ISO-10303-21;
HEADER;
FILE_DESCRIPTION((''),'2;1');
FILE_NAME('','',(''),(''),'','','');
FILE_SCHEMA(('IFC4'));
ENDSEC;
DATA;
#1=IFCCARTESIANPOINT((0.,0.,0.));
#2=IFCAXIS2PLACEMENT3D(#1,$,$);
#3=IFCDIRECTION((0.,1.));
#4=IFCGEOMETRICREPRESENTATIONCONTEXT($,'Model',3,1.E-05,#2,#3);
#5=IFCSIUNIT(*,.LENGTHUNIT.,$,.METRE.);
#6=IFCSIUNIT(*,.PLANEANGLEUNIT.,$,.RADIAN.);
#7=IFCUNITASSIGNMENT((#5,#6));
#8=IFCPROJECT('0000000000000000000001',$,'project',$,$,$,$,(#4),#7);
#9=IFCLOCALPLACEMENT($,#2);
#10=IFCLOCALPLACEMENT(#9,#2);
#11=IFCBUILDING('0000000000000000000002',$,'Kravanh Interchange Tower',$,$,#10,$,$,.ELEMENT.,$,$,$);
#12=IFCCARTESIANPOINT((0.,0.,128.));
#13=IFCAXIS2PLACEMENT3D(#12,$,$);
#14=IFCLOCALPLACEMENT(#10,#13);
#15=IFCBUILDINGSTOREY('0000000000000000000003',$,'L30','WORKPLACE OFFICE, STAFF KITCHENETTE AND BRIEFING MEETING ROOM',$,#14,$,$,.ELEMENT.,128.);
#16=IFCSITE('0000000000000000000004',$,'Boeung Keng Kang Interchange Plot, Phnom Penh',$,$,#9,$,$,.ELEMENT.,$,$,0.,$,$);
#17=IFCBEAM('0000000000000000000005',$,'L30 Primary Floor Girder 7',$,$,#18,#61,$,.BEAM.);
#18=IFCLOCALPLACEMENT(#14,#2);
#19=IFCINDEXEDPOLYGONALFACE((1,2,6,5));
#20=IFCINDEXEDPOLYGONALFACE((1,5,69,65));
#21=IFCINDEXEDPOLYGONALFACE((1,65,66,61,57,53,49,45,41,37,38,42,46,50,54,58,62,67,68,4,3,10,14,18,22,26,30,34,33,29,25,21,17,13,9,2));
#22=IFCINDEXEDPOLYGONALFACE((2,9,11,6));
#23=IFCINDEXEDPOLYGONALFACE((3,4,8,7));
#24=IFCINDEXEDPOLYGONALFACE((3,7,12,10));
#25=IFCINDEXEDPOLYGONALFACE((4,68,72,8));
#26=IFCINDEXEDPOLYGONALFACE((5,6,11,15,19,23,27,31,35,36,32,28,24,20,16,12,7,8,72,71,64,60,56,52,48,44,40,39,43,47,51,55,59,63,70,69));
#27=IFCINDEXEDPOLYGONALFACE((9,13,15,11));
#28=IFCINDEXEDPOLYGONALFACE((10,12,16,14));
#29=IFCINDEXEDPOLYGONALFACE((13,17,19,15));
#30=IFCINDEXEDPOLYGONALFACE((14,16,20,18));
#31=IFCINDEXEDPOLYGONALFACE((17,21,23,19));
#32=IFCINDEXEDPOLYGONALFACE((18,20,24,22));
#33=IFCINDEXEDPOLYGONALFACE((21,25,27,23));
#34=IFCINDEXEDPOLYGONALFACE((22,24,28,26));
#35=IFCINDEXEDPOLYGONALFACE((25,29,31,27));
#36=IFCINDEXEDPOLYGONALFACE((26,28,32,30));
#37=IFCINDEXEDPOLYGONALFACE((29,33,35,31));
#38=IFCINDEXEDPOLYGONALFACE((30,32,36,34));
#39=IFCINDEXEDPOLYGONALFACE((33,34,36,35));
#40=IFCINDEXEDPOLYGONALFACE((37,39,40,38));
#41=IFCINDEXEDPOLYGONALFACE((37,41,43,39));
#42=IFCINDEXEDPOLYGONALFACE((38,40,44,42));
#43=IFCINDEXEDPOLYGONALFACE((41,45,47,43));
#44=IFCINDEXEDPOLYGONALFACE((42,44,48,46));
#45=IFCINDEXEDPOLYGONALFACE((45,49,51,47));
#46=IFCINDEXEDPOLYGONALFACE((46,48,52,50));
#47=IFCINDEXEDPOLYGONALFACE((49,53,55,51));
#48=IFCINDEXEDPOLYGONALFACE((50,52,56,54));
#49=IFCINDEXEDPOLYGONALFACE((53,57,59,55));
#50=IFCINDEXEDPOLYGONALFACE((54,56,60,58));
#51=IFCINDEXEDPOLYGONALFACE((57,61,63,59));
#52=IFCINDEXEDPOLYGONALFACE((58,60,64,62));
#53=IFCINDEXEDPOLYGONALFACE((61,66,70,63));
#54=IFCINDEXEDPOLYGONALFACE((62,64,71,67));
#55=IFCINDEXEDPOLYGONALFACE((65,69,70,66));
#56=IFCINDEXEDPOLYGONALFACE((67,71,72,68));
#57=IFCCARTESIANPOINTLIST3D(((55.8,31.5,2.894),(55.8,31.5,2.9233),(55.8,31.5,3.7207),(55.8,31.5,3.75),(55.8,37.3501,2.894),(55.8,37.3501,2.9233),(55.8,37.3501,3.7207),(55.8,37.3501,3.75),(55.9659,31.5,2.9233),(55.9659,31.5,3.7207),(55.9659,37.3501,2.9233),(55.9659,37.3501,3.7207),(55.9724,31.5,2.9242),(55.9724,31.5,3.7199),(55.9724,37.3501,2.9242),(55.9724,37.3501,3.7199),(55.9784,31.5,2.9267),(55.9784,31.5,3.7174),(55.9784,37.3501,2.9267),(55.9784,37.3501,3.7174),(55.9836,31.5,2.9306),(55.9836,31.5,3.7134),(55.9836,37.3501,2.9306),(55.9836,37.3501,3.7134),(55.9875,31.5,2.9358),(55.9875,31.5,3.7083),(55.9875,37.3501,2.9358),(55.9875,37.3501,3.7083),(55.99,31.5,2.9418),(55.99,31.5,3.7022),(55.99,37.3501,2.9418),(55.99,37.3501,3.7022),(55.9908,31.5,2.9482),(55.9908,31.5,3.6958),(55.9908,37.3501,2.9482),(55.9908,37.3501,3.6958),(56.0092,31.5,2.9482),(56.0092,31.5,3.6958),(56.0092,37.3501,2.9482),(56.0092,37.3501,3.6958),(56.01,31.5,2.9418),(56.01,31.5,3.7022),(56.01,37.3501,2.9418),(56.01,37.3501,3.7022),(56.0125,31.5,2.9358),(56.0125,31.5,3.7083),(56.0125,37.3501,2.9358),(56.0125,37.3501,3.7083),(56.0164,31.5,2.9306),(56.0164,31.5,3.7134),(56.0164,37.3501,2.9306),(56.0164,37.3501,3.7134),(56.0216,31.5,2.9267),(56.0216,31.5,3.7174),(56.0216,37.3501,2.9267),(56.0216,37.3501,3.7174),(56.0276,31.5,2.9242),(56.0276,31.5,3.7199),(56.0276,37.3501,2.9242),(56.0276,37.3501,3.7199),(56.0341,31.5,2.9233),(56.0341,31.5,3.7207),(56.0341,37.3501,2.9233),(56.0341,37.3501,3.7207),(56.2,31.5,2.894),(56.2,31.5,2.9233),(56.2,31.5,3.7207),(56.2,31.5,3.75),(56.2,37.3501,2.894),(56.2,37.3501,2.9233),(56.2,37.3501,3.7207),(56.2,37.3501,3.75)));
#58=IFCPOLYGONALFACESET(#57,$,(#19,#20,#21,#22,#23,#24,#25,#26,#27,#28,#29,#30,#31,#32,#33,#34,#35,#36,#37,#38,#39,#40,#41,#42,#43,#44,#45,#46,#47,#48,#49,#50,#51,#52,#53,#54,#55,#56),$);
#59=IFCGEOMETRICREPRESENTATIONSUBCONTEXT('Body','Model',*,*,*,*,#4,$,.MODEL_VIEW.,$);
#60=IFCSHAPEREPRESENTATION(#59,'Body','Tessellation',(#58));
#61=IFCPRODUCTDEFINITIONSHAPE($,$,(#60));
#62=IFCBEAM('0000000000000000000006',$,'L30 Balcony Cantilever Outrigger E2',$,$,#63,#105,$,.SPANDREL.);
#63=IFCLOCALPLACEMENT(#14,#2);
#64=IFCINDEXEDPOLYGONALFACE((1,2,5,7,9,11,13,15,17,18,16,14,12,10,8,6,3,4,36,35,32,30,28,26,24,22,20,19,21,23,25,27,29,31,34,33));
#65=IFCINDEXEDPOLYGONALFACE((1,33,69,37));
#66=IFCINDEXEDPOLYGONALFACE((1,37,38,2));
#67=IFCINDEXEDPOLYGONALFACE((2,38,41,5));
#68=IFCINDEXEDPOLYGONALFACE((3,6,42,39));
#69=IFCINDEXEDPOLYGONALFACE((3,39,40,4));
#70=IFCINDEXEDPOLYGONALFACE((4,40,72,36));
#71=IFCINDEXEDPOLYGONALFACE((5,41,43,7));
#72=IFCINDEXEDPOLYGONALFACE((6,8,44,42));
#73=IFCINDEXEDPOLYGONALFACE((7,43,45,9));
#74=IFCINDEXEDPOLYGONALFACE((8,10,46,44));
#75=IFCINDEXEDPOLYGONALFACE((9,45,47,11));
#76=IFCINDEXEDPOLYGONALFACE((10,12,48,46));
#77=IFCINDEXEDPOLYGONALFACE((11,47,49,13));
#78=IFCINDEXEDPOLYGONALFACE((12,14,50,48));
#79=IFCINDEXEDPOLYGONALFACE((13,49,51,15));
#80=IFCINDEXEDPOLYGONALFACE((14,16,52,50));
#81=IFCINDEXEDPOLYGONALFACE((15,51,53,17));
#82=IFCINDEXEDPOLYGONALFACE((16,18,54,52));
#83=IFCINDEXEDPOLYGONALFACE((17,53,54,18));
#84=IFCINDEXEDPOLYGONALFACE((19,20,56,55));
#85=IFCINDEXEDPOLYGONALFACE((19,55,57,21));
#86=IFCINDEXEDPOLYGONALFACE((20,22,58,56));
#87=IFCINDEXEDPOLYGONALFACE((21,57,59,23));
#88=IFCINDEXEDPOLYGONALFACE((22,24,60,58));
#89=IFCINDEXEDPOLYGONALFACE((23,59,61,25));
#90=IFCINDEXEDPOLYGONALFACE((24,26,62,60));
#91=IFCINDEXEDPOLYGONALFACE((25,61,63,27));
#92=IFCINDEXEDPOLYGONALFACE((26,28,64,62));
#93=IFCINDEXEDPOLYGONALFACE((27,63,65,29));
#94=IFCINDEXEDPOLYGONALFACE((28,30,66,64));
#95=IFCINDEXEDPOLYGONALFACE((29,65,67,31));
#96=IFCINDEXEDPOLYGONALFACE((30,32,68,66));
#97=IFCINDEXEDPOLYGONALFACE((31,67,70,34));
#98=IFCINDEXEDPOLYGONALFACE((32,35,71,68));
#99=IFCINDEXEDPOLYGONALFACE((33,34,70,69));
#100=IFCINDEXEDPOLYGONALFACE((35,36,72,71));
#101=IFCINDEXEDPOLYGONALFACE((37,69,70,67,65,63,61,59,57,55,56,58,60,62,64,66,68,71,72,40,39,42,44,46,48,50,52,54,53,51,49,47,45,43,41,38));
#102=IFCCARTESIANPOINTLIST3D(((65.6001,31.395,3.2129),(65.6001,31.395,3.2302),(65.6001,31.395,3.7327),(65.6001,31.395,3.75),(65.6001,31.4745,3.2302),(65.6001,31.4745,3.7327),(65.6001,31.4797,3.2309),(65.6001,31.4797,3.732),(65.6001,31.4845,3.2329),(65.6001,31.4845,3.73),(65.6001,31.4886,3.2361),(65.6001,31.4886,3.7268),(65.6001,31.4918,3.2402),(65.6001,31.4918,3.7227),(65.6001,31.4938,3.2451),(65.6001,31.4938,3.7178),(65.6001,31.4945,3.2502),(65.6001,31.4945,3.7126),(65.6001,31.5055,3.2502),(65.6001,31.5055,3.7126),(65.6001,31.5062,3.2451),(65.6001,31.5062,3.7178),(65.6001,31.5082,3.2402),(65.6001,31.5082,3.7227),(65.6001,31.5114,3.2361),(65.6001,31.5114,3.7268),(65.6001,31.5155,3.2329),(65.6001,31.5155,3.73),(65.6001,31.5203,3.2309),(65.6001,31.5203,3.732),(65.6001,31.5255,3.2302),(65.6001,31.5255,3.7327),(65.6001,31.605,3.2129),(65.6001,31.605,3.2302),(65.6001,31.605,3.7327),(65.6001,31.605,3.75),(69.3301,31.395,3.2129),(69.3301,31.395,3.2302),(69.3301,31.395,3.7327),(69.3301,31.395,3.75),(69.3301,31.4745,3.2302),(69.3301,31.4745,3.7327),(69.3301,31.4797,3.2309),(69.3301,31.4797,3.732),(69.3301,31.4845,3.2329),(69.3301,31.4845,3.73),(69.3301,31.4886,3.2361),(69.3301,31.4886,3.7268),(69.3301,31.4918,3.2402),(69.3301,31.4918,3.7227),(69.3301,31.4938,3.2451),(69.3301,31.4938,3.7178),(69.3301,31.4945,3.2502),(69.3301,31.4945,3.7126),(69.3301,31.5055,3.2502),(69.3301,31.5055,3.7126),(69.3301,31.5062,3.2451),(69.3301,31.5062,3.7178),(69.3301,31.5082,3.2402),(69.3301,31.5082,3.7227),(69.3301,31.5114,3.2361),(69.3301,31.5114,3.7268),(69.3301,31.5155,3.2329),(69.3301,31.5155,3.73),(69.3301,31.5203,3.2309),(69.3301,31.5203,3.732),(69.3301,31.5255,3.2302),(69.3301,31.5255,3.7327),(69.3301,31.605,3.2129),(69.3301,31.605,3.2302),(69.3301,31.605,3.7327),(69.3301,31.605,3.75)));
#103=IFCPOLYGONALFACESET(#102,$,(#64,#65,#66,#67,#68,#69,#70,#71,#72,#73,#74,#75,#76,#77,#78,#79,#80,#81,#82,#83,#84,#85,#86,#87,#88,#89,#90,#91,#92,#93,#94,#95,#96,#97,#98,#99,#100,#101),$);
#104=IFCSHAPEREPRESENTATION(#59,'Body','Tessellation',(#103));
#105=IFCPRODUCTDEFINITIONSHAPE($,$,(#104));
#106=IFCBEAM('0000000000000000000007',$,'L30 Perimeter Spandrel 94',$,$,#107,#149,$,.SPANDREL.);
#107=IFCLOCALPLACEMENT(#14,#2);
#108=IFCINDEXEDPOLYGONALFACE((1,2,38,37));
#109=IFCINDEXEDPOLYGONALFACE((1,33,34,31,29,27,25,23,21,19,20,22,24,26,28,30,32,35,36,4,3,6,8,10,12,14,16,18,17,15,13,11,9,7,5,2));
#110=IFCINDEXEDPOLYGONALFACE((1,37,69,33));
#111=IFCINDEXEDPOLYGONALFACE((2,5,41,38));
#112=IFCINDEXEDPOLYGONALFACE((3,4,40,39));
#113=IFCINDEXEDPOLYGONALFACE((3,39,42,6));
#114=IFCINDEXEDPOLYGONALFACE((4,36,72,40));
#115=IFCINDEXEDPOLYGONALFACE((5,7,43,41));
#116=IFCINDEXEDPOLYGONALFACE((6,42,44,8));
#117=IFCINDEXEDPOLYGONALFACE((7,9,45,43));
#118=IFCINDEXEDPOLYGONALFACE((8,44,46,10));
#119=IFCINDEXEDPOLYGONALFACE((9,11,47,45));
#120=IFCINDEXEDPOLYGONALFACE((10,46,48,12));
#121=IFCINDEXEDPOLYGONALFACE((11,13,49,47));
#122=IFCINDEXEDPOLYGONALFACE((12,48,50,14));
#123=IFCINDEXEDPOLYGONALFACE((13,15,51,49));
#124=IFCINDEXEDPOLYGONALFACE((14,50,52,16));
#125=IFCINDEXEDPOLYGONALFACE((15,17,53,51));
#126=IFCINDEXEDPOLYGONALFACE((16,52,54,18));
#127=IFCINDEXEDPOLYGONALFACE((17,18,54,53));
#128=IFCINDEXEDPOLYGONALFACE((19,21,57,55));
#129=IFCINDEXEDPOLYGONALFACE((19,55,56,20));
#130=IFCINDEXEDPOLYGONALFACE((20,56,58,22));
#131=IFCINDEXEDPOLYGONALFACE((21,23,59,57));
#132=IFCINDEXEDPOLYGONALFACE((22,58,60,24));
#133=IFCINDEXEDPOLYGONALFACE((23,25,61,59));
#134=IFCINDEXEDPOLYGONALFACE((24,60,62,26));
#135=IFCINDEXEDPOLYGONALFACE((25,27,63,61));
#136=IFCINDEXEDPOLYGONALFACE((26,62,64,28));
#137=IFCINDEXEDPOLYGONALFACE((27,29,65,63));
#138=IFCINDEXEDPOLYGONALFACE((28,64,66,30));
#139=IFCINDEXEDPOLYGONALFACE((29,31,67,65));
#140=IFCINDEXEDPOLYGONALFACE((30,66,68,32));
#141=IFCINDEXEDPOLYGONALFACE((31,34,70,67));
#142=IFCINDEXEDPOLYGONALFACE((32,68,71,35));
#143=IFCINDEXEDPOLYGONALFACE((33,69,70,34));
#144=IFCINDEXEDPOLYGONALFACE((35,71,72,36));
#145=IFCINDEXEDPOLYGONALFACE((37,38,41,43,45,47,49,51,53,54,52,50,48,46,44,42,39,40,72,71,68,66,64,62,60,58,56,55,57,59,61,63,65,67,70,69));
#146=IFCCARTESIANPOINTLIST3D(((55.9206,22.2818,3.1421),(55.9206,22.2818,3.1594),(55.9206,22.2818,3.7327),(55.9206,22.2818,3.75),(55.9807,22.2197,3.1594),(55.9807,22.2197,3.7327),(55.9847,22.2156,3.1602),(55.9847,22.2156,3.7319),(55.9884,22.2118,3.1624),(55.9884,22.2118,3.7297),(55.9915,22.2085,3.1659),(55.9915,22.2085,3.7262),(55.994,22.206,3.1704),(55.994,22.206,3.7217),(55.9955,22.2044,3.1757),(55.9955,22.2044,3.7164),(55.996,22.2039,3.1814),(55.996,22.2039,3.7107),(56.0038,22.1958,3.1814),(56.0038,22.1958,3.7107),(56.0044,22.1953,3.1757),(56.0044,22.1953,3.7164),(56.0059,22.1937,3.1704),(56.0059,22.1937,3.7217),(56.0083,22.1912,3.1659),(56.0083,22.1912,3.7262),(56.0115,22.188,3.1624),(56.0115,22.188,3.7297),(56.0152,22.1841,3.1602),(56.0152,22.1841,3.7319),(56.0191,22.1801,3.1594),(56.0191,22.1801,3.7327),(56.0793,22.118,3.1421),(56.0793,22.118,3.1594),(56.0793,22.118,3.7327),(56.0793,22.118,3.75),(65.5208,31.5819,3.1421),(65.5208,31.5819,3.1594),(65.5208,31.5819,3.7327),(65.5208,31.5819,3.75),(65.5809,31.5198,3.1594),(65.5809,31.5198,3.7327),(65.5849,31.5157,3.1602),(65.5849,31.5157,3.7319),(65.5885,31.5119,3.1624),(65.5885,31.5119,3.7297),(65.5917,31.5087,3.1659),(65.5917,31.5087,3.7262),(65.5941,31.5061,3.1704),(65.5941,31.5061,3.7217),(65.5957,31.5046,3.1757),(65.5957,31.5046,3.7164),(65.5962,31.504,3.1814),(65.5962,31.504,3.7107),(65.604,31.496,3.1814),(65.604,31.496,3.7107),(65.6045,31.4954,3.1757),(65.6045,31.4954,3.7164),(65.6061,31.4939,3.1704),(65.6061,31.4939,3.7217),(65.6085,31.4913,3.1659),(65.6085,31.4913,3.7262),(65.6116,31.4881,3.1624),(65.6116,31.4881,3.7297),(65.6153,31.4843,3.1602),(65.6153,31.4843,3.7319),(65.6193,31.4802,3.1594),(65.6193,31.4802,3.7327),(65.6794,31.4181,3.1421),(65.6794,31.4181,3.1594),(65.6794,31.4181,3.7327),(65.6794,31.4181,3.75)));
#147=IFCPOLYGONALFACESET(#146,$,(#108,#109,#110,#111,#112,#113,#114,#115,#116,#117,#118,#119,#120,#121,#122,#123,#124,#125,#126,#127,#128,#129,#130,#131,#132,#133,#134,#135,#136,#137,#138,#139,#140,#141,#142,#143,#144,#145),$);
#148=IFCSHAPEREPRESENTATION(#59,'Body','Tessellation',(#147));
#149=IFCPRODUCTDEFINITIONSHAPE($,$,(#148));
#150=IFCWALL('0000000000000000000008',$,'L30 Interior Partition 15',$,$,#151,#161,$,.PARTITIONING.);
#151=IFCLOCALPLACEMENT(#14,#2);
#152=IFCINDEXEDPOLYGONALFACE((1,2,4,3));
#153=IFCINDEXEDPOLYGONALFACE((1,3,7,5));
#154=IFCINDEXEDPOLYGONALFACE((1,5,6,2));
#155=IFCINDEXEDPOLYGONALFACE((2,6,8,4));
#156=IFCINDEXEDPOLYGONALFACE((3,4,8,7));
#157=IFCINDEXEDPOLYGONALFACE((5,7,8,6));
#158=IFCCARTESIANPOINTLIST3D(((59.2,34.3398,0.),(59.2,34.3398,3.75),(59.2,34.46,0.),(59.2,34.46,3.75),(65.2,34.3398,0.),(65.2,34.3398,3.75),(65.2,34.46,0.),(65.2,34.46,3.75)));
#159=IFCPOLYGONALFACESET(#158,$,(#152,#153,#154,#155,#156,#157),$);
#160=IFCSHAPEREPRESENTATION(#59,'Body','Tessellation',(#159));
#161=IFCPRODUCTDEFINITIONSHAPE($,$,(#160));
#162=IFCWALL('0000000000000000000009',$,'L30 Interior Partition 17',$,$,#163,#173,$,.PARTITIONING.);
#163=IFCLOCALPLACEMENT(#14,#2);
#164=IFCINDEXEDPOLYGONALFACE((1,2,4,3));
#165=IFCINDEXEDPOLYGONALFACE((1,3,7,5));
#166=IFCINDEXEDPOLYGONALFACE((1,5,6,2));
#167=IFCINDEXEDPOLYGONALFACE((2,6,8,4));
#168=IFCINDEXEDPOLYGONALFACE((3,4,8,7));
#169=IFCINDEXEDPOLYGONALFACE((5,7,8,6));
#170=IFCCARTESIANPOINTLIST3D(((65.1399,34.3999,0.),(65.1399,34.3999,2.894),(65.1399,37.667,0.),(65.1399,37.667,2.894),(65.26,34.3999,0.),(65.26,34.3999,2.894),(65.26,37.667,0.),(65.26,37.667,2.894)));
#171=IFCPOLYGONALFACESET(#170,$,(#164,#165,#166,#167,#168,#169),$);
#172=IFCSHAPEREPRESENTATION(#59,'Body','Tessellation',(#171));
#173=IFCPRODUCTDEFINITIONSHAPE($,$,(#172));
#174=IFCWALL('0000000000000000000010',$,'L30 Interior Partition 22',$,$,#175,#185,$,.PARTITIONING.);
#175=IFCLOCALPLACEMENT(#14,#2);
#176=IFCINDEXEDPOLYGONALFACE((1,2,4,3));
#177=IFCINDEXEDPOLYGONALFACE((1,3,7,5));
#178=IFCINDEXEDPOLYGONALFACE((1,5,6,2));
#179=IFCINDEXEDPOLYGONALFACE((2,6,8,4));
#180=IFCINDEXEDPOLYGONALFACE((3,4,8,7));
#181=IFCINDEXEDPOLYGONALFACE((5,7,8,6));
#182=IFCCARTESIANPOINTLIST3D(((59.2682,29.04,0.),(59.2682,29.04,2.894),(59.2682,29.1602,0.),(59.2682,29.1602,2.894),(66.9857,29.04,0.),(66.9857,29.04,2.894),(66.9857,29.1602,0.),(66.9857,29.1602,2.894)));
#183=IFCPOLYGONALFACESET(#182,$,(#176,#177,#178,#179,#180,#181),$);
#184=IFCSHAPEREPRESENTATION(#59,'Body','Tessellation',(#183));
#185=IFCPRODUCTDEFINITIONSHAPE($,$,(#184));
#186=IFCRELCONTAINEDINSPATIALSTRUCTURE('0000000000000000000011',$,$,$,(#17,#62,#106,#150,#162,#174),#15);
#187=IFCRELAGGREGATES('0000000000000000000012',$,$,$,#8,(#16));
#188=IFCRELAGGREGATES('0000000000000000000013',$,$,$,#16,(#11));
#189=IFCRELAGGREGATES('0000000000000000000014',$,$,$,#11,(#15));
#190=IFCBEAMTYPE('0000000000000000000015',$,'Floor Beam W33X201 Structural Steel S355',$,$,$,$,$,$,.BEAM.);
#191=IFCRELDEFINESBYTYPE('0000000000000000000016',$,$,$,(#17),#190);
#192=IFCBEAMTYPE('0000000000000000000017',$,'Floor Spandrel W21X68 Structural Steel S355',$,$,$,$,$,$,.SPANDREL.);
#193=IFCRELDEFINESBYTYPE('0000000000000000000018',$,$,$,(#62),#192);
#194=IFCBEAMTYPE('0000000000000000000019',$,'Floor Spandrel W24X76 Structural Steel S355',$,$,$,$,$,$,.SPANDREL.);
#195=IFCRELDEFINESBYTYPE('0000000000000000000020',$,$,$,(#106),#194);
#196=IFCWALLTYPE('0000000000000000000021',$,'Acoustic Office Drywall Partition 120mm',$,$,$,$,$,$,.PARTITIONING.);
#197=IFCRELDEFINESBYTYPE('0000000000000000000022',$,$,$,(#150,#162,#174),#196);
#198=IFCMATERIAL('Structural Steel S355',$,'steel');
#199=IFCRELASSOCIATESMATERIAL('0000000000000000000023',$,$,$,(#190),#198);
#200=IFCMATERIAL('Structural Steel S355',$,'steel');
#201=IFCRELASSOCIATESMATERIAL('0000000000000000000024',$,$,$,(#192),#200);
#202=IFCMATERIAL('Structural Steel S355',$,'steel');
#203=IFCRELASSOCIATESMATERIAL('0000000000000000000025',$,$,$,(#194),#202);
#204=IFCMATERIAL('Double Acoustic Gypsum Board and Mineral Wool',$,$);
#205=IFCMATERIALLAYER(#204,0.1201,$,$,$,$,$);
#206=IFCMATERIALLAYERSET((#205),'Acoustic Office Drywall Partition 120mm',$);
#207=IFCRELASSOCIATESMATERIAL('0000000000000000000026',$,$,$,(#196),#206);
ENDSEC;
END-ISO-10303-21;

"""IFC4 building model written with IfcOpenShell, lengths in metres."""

from ifc_helpers import new_model, si_unit, direction, frame, frame_2d, origin, origin_2d, place, context, subcontext, project, spatial, rectangle, i_section, extrude, material, layer, layer_set, material_profile, profile_set, type_object, element, save


model = new_model("IFC4")

# Units and contexts
model_context = context("Model", 3, precision=1e-05, world=origin(), true_north=direction((0.0, 1.0)))
body_context = subcontext(model_context, "Body", "Model", "MODEL_VIEW")
ifc_project = project(units=[si_unit("LENGTHUNIT", "METRE"), si_unit("PLANEANGLEUNIT", "RADIAN")], contexts=[model_context])

# Site, building, storey
site_placement = place(None, origin())
site = spatial("IfcSite", under=ifc_project, at=site_placement, Name="Boeung Keng Kang Interchange Plot, Phnom Penh", CompositionType="ELEMENT", RefElevation=0.0)
building_placement = place(site_placement, origin())
building = spatial("IfcBuilding", under=site, at=building_placement, Name="Kravanh Interchange Tower", CompositionType="ELEMENT")
storey_placement = place(building_placement, frame((0.0, 0.0, 128.0)))
storey = spatial("IfcBuildingStorey", under=building, at=storey_placement, Name="L30", Description="WORKPLACE OFFICE, STAFF KITCHENETTE AND BRIEFING MEETING ROOM", CompositionType="ELEMENT", Elevation=128.0)

# Beams
ifc_material_1 = material(Name="Structural Steel S355", Category="steel")
ifc_material_profile_1 = material_profile(ifc_material_1, i_section(OverallWidth=0.3999, OverallDepth=0.856, WebThickness=0.0183, FlangeThickness=0.0293, FilletRadius=0.0249, at=origin_2d()), Name="W33X201")
ifc_profile_set_1 = profile_set([ifc_material_profile_1], Name="Structural Steel S355")
beam_type_1 = type_object("IfcBeamType", Name="Floor Beam W33X201 Structural Steel S355", PredefinedType="BEAM", material=ifc_profile_set_1)
beam_1_placement = place(storey_placement, frame((56.0, 37.3501, 3.322), z_axis=(0.0, -1.0, 0.0), x_axis=(1.0, 0.0, 0.0)))
element("IfcBeam", 1, at=beam_1_placement, inside=storey, type_object=beam_type_1, Name="L30 Primary Floor Girder 7", PredefinedType="BEAM", context=body_context, shape_type="SweptSolid", body=[
    extrude(i_section(OverallWidth=0.3999, OverallDepth=0.856, WebThickness=0.0183, FlangeThickness=0.0293, FilletRadius=0.0249, at=origin_2d()), origin(), (0.0, 0.0, 1.0), 5.8501),
])
ifc_material_2 = material(Name="Structural Steel S355", Category="steel")
ifc_material_profile_2 = material_profile(ifc_material_2, i_section(OverallWidth=0.21, OverallDepth=0.5371, WebThickness=0.011, FlangeThickness=0.0173, FilletRadius=0.02, at=origin_2d()), Name="W21X68")
ifc_profile_set_2 = profile_set([ifc_material_profile_2], Name="Structural Steel S355")
beam_type_2 = type_object("IfcBeamType", Name="Floor Spandrel W21X68 Structural Steel S355", PredefinedType="SPANDREL", material=ifc_profile_set_2)
beam_2_placement = place(storey_placement, frame((65.6001, 31.5, 3.4814), z_axis=(1.0, 0.0, 0.0), x_axis=(0.0, 1.0, 0.0)))
element("IfcBeam", 2, at=beam_2_placement, inside=storey, type_object=beam_type_2, Name="L30 Balcony Cantilever Outrigger E2", PredefinedType="SPANDREL", context=body_context, shape_type="SweptSolid", body=[
    extrude(i_section(OverallWidth=0.21, OverallDepth=0.5371, WebThickness=0.011, FlangeThickness=0.0173, FilletRadius=0.02, at=origin_2d()), origin(), (0.0, 0.0, 1.0), 3.73),
])
ifc_material_3 = material(Name="Structural Steel S355", Category="steel")
ifc_material_profile_3 = material_profile(ifc_material_3, i_section(OverallWidth=0.228, OverallDepth=0.6079, WebThickness=0.0112, FlangeThickness=0.0173, FilletRadius=0.022, at=origin_2d()), Name="W24X76")
ifc_profile_set_3 = profile_set([ifc_material_profile_3], Name="Structural Steel S355")
beam_type_3 = type_object("IfcBeamType", Name="Floor Spandrel W24X76 Structural Steel S355", PredefinedType="SPANDREL", material=ifc_profile_set_3)
beam_3_placement = place(storey_placement, frame((65.6001, 31.5, 3.446), z_axis=(-0.718242, -0.695793, 0.0), x_axis=(0.695793, -0.718242, 0.0)))
element("IfcBeam", 3, at=beam_3_placement, inside=storey, type_object=beam_type_3, Name="L30 Perimeter Spandrel 94", PredefinedType="SPANDREL", context=body_context, shape_type="SweptSolid", body=[
    extrude(i_section(OverallWidth=0.228, OverallDepth=0.6079, WebThickness=0.0112, FlangeThickness=0.0173, FilletRadius=0.022, at=origin_2d()), origin(), (0.0, 0.0, 1.0), 13.3662),
])

# Walls
ifc_material_4 = material(Name="Double Acoustic Gypsum Board and Mineral Wool")
ifc_layer_1 = layer(ifc_material_4, 0.1201)
ifc_layer_set_1 = layer_set([ifc_layer_1], Name="Acoustic Office Drywall Partition 120mm")
wall_type_1 = type_object("IfcWallType", Name="Acoustic Office Drywall Partition 120mm", PredefinedType="PARTITIONING", material=ifc_layer_set_1)
wall_1_placement = place(storey_placement, frame((59.2, 34.3999, 0.0), z_axis=(0.0, 0.0, 1.0), x_axis=(1.0, 0.0, 0.0)))
element("IfcWall", 4, at=wall_1_placement, inside=storey, type_object=wall_type_1, Name="L30 Interior Partition 15", PredefinedType="PARTITIONING", context=body_context, shape_type="SweptSolid", body=[
    extrude(rectangle(XDim=6.0, YDim=0.1201, at=frame_2d((3.0, 0.0))), origin(), (0.0, 0.0, 1.0), 3.75),
])
wall_2_placement = place(storey_placement, frame((65.2, 34.3999, 0.0), z_axis=(0.0, 0.0, 1.0), x_axis=(0.0, 1.0, 0.0)))
element("IfcWall", 5, at=wall_2_placement, inside=storey, type_object=wall_type_1, Name="L30 Interior Partition 17", PredefinedType="PARTITIONING", context=body_context, shape_type="SweptSolid", body=[
    extrude(rectangle(XDim=3.2671, YDim=0.1201, at=frame_2d((1.6335, 0.0))), origin(), (0.0, 0.0, 1.0), 2.894),
])
wall_3_placement = place(storey_placement, frame((59.2681, 29.1001, 0.0), z_axis=(0.0, 0.0, 1.0), x_axis=(1.0, 0.0, 0.0)))
element("IfcWall", 6, at=wall_3_placement, inside=storey, type_object=wall_type_1, Name="L30 Interior Partition 22", PredefinedType="PARTITIONING", context=body_context, shape_type="SweptSolid", body=[
    extrude(rectangle(XDim=7.7175, YDim=0.1201, at=frame_2d((3.8589, 0.0))), origin(), (0.0, 0.0, 1.0), 2.894),
])

save(model, "model.ifc")
